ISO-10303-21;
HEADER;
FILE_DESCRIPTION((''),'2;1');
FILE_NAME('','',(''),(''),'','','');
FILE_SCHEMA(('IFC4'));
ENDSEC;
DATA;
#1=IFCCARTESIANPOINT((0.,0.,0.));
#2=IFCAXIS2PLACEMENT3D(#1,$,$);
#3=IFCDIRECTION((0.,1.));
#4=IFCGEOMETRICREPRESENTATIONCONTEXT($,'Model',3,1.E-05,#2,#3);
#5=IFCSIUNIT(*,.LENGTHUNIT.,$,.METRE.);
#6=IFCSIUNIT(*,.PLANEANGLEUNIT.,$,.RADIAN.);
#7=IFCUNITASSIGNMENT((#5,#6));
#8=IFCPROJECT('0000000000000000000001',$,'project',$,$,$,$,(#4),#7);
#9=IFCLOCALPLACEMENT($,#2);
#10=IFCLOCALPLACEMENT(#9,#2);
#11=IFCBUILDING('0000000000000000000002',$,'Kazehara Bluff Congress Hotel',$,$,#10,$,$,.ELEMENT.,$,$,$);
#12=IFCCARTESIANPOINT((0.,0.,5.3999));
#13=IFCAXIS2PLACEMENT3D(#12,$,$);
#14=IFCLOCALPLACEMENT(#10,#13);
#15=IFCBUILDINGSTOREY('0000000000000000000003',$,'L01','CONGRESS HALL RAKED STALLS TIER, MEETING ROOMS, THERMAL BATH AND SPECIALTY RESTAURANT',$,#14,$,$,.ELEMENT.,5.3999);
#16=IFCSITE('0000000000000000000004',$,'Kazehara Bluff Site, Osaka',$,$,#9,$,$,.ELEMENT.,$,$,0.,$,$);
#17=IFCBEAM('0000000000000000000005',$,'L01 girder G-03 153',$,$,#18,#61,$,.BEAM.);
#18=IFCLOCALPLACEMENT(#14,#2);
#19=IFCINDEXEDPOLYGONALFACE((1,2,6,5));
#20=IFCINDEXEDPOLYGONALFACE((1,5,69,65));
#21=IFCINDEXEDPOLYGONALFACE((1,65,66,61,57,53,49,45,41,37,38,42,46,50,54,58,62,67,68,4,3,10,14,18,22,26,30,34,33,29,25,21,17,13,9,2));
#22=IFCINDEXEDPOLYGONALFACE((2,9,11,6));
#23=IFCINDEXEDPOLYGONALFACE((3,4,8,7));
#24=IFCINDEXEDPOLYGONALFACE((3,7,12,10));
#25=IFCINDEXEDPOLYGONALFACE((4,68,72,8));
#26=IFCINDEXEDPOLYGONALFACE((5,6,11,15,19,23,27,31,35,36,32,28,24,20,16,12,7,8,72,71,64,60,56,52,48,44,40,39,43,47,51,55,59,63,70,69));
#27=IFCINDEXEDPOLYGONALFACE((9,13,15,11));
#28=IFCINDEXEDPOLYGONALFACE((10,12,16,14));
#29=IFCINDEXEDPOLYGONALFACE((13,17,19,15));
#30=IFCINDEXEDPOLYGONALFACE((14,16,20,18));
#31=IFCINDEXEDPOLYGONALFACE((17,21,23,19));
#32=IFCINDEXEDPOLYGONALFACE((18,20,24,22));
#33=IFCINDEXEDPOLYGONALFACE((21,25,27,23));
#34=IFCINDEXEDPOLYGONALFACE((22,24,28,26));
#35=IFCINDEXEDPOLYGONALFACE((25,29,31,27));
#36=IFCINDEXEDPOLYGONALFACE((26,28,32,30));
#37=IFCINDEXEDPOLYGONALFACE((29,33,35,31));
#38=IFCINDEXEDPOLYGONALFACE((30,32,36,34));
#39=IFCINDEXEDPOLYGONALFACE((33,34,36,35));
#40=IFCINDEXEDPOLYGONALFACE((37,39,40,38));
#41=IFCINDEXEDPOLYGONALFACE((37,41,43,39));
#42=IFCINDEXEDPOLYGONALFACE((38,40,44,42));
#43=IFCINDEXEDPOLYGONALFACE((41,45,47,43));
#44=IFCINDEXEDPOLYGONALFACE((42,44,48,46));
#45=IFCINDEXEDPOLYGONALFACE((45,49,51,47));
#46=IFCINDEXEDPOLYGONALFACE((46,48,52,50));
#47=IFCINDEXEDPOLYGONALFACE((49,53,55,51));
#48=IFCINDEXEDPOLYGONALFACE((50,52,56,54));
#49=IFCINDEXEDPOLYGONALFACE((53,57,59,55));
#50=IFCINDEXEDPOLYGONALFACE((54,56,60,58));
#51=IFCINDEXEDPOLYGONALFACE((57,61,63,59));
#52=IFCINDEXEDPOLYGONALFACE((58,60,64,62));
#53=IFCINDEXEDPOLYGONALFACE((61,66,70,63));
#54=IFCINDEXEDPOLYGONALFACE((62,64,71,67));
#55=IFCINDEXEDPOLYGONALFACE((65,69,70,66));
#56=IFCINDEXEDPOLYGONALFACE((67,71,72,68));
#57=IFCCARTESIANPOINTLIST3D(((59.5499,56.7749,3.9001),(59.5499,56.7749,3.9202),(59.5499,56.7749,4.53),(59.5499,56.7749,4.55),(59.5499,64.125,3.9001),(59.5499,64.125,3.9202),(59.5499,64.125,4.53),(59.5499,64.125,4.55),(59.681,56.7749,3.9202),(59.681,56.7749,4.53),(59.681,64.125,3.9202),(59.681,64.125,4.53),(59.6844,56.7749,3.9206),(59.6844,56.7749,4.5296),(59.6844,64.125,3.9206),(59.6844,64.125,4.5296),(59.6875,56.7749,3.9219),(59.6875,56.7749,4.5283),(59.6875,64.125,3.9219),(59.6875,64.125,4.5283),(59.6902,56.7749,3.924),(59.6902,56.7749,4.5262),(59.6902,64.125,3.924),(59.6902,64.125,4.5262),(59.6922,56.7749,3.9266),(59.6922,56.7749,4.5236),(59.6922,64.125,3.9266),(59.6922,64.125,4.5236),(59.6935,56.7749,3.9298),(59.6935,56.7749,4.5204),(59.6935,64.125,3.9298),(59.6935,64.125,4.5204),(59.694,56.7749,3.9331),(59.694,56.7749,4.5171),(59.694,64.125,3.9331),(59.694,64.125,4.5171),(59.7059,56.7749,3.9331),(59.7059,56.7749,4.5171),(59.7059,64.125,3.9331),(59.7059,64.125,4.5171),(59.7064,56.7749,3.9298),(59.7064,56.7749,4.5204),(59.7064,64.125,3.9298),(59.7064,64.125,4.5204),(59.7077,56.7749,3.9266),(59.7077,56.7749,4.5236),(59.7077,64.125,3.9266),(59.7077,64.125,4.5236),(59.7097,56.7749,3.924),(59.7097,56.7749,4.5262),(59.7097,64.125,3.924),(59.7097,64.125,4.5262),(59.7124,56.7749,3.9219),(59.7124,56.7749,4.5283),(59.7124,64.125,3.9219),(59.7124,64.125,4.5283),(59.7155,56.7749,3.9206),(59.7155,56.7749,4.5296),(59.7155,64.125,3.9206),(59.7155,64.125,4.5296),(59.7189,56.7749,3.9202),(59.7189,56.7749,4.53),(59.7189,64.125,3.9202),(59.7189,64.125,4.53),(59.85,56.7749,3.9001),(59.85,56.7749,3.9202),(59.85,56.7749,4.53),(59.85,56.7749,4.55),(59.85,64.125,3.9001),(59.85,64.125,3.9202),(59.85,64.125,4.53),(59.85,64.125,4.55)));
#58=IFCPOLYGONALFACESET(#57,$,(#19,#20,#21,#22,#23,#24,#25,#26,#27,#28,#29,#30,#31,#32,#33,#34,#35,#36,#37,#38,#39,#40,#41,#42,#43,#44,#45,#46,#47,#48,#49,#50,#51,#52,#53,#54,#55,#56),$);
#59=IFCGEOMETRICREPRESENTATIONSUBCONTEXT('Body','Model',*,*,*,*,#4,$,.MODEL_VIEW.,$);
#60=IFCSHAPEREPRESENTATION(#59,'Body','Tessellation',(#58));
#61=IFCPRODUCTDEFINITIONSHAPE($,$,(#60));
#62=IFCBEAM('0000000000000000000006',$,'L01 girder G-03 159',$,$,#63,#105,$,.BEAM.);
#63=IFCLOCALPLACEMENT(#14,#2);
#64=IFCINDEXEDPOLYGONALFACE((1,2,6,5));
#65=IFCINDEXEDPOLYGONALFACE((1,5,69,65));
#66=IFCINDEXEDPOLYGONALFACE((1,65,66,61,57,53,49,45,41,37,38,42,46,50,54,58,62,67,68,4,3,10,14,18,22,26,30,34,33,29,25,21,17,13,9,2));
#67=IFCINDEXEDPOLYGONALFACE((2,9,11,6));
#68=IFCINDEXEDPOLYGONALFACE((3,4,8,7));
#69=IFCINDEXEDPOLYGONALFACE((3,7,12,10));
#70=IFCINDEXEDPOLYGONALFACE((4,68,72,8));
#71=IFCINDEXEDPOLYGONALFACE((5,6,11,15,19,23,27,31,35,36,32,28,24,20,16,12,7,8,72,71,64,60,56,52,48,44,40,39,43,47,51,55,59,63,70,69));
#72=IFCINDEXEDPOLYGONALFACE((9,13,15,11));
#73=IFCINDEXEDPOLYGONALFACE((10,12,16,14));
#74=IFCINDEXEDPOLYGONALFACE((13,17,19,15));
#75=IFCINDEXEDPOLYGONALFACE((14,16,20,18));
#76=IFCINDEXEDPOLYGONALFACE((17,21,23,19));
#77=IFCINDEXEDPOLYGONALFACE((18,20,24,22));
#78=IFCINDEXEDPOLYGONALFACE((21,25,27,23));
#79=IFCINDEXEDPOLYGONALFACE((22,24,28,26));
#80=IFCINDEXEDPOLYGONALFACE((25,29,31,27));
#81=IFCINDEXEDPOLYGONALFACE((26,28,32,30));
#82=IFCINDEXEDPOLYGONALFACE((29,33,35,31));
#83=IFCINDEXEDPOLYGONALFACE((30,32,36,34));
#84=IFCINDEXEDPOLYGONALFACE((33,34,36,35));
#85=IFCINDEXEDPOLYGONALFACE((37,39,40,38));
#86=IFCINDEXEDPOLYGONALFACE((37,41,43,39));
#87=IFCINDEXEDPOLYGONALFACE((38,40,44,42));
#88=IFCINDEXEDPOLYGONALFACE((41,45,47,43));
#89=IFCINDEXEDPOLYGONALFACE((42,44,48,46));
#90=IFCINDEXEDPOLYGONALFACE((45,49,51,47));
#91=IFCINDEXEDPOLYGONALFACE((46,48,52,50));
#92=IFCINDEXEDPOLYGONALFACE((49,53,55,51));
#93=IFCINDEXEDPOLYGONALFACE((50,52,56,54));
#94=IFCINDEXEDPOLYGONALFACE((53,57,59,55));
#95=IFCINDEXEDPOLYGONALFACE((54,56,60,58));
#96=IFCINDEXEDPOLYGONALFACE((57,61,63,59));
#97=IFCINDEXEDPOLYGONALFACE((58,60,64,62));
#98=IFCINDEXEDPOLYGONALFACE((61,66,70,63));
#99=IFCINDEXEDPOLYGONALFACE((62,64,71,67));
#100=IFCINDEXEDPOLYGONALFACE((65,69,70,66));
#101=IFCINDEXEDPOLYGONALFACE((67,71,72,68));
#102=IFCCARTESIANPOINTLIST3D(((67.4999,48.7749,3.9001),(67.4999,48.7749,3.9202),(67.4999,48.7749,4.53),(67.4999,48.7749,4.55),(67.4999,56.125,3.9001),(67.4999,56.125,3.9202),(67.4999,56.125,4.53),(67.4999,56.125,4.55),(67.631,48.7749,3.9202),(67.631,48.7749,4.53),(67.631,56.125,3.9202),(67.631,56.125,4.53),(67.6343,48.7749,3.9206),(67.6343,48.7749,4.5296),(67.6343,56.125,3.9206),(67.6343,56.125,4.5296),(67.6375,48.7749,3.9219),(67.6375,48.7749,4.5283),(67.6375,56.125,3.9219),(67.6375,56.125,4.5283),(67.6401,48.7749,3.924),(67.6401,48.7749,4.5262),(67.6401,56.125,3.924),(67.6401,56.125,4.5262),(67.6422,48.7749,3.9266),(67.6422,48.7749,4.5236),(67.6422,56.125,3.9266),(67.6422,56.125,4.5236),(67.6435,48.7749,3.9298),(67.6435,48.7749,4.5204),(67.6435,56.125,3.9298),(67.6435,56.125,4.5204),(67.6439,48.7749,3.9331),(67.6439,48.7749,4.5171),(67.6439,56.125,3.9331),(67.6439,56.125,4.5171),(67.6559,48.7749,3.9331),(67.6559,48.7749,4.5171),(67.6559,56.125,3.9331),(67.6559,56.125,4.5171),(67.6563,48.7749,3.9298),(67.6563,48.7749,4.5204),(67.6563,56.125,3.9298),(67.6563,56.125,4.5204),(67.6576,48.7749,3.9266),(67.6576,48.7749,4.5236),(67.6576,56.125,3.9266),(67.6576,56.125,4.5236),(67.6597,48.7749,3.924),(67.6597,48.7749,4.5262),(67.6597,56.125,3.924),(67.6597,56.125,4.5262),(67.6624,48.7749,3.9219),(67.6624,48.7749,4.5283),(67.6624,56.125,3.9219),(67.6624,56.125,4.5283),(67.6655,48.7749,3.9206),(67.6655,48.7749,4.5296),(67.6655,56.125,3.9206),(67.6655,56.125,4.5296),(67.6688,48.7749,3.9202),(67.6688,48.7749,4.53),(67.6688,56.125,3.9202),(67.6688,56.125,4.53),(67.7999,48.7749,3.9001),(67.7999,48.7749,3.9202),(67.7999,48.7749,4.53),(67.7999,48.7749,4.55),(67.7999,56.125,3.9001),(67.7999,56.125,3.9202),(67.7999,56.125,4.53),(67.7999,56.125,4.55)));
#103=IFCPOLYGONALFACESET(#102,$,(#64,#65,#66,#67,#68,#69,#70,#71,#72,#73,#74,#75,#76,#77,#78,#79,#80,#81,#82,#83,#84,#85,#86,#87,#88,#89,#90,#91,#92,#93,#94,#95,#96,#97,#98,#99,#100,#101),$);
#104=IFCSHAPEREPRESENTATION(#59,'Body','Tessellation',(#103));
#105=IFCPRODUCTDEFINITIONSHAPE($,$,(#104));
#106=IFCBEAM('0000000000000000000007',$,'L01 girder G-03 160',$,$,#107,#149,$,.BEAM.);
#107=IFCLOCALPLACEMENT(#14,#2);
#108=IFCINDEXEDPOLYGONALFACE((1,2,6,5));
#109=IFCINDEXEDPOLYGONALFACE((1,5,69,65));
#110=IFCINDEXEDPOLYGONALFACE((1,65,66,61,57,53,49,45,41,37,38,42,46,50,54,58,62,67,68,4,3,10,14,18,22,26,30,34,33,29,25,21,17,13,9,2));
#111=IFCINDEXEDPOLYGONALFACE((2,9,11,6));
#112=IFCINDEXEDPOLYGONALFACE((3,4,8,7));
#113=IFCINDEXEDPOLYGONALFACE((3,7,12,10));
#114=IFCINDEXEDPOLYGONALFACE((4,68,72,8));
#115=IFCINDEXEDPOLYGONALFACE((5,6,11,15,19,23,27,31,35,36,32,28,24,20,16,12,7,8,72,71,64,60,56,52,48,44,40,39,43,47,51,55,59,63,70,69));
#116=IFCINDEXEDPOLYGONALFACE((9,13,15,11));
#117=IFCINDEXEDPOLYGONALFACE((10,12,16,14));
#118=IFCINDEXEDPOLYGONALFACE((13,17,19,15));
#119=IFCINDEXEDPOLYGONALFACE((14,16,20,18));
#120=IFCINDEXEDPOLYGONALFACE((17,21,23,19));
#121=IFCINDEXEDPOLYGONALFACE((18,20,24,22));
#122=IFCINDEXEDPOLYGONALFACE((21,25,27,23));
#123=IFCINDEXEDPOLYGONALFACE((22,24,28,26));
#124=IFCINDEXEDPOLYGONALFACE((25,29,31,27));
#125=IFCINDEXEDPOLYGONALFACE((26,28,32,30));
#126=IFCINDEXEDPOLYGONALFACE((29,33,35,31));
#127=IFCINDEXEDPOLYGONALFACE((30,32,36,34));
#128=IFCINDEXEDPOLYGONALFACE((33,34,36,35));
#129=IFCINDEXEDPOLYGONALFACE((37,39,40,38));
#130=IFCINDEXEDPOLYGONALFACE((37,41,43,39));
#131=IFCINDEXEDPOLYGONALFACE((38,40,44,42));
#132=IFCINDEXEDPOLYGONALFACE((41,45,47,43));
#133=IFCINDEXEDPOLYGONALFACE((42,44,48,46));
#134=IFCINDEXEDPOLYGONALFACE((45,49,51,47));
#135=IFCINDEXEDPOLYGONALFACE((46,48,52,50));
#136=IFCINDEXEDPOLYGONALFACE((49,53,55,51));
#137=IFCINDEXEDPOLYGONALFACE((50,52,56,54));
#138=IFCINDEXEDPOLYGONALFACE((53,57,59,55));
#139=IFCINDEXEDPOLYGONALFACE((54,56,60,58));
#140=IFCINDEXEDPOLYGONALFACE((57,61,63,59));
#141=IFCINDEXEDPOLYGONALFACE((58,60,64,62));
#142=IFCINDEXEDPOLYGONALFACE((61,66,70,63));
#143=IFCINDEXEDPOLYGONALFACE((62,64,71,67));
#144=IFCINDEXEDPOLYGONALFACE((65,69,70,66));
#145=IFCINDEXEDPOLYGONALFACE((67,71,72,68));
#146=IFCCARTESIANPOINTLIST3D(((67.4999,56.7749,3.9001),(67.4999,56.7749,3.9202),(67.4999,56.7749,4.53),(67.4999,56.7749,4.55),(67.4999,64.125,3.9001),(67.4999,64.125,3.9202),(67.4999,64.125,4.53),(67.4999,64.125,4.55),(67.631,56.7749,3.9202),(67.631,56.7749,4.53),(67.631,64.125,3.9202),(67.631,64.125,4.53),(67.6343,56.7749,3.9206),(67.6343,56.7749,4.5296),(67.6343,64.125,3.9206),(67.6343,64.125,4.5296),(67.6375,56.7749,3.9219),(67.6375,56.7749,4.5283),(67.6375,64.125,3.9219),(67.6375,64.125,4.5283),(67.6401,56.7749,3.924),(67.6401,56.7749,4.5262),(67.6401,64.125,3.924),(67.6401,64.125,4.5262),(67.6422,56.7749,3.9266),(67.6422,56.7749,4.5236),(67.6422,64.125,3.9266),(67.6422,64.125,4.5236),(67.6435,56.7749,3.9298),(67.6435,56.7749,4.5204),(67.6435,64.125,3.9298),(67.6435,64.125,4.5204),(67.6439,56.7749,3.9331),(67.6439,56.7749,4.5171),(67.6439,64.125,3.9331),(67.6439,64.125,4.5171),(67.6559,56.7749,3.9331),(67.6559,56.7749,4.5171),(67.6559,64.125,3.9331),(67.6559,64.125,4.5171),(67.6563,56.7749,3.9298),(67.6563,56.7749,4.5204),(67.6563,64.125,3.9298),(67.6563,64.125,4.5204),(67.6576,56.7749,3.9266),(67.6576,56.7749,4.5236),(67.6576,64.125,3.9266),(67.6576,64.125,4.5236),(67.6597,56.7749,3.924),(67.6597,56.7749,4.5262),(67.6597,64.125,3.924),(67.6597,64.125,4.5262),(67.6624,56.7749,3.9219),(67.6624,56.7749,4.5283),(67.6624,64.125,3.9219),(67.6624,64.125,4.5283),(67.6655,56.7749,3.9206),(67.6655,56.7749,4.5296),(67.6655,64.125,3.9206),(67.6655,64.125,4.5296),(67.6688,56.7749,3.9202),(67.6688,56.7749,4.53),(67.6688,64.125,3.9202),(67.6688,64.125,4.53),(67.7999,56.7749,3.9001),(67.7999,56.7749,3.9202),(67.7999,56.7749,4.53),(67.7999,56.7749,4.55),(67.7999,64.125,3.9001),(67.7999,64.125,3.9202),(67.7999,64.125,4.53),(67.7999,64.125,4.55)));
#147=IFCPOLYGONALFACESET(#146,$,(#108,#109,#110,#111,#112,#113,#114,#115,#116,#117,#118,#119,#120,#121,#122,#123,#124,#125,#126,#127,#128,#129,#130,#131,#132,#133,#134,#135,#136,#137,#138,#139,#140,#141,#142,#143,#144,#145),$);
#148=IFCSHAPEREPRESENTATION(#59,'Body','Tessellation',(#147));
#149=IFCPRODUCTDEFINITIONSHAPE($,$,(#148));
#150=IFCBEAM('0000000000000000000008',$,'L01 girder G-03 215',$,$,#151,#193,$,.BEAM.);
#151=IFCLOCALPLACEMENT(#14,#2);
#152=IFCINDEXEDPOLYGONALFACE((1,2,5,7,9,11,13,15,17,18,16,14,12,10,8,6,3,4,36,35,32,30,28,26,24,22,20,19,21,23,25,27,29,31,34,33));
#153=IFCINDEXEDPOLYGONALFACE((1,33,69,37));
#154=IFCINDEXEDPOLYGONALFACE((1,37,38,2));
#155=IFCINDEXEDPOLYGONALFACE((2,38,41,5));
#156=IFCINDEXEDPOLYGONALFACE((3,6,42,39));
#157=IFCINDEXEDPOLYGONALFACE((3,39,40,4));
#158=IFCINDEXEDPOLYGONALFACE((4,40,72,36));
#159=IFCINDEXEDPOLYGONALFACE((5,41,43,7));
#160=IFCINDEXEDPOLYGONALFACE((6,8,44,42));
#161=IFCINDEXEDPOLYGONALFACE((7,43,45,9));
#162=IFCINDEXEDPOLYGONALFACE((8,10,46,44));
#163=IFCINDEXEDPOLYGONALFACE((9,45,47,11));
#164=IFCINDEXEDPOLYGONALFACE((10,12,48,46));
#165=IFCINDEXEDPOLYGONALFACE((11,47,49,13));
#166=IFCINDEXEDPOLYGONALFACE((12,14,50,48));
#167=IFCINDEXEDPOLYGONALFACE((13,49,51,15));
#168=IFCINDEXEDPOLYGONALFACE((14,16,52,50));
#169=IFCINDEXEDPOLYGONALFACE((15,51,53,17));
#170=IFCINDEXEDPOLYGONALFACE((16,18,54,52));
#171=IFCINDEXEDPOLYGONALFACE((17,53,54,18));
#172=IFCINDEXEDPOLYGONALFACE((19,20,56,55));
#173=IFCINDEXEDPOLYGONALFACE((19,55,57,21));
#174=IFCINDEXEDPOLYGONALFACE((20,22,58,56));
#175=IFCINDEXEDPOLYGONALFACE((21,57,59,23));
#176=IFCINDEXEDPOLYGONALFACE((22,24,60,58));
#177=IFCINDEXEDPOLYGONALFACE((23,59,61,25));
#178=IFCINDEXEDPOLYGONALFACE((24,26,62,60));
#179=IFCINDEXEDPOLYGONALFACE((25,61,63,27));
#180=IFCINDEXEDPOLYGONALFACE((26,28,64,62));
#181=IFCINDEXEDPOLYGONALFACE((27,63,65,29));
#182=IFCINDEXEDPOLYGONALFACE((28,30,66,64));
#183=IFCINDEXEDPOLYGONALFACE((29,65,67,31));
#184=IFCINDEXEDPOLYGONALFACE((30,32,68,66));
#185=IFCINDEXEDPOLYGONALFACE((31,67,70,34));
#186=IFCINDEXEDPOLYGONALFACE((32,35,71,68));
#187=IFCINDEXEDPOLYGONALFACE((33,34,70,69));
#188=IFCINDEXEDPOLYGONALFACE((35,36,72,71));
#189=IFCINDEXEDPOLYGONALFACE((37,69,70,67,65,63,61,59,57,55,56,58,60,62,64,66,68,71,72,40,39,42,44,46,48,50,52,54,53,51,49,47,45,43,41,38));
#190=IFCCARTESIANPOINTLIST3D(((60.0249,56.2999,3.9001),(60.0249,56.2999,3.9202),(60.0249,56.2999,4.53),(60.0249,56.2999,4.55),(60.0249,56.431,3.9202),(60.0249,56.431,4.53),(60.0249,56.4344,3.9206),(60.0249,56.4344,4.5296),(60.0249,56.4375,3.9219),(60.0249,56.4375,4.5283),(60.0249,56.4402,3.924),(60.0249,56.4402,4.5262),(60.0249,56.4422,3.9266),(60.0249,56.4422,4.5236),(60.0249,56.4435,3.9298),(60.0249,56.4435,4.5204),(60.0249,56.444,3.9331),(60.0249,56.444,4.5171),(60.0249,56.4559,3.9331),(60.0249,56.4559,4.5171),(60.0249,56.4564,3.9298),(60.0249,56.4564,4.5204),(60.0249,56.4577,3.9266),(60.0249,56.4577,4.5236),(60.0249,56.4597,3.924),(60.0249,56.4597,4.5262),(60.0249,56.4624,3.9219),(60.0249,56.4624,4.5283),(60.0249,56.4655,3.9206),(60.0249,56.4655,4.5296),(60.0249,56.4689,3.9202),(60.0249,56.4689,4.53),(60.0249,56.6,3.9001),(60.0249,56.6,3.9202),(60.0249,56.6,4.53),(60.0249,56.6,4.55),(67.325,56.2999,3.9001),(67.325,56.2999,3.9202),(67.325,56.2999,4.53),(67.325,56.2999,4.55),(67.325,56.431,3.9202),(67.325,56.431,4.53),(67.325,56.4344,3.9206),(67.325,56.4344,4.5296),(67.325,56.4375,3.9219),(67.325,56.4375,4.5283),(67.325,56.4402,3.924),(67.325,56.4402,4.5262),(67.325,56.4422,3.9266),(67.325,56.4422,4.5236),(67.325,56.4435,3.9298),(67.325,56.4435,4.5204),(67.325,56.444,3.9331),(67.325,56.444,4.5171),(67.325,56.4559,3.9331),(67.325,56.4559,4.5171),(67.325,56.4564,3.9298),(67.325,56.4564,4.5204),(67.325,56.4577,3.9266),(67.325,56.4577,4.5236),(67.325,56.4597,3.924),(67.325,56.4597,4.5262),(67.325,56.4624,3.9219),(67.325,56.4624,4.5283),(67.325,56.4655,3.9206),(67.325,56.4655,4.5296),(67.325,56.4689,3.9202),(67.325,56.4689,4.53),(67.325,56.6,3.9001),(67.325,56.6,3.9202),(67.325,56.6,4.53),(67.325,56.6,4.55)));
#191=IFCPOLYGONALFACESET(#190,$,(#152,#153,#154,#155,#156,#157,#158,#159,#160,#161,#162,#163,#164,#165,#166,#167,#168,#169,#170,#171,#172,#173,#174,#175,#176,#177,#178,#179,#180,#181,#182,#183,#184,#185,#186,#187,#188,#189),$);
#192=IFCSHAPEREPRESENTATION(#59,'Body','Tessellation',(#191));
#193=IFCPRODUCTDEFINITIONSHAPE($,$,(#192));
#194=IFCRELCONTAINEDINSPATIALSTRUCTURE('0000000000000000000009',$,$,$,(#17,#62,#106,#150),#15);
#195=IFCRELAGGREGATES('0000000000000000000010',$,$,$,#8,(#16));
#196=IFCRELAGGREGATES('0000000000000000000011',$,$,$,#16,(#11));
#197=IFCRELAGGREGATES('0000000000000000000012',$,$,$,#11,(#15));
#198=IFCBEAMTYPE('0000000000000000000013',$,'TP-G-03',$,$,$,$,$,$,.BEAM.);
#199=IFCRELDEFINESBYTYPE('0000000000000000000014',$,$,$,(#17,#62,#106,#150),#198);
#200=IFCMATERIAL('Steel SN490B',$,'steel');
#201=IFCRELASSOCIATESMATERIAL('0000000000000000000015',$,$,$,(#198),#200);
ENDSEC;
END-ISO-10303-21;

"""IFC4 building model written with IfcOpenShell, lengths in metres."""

from ifc_helpers import new_model, si_unit, direction, frame, origin, origin_2d, place, context, subcontext, project, spatial, i_section, extrude, material, material_profile, profile_set, type_object, element, save


model = new_model("IFC4")

# Units and contexts
model_context = context("Model", 3, precision=1e-05, world=origin(), true_north=direction((0.0, 1.0)))
body_context = subcontext(model_context, "Body", "Model", "MODEL_VIEW")
ifc_project = project(units=[si_unit("LENGTHUNIT", "METRE"), si_unit("PLANEANGLEUNIT", "RADIAN")], contexts=[model_context])

# Site, building, storey
site_placement = place(None, origin())
site = spatial("IfcSite", under=ifc_project, at=site_placement, Name="Kazehara Bluff Site, Osaka", CompositionType="ELEMENT", RefElevation=0.0)
building_placement = place(site_placement, origin())
building = spatial("IfcBuilding", under=site, at=building_placement, Name="Kazehara Bluff Congress Hotel", CompositionType="ELEMENT")
storey_placement = place(building_placement, frame((0.0, 0.0, 5.3999)))
storey = spatial("IfcBuildingStorey", under=building, at=storey_placement, Name="L01", Description="CONGRESS HALL RAKED STALLS TIER, MEETING ROOMS, THERMAL BATH AND SPECIALTY RESTAURANT", CompositionType="ELEMENT", Elevation=5.3999)

# Beams
ifc_material_1 = material(Name="Steel SN490B", Category="steel")
ifc_material_profile_1 = material_profile(ifc_material_1, i_section(OverallWidth=0.3, OverallDepth=0.6499, WebThickness=0.012, FlangeThickness=0.02, FilletRadius=0.0129, at=origin_2d()))
ifc_profile_set_1 = profile_set([ifc_material_profile_1], Name="Steel SN490B")
beam_type_1 = type_object("IfcBeamType", Name="TP-G-03", PredefinedType="BEAM", material=ifc_profile_set_1)
for number, where, z_axis, x_axis, name in (
    (1, (59.7, 56.7749, 4.2251), (0.0, 1.0, 0.0), (-1.0, 0.0, 0.0), "L01 girder G-03 153"),
    (2, (67.6499, 48.7749, 4.2251), (0.0, 1.0, 0.0), (-1.0, 0.0, 0.0), "L01 girder G-03 159"),
    (3, (67.6499, 56.7749, 4.2251), (0.0, 1.0, 0.0), (-1.0, 0.0, 0.0), "L01 girder G-03 160"),
):
    element("IfcBeam", number, at=place(storey_placement, frame(where, z_axis=z_axis, x_axis=x_axis)), inside=storey, type_object=beam_type_1, Name=name, PredefinedType="BEAM", context=body_context, shape_type="SweptSolid", body=[
        extrude(i_section(OverallWidth=0.3, OverallDepth=0.6499, WebThickness=0.012, FlangeThickness=0.02, FilletRadius=0.0129, at=origin_2d()), origin(), (0.0, 0.0, 1.0), 7.3501),
    ])
beam_1_placement = place(storey_placement, frame((60.0249, 56.45, 4.2251), z_axis=(1.0, 0.0, 0.0), x_axis=(0.0, 1.0, 0.0)))
element("IfcBeam", 4, at=beam_1_placement, inside=storey, type_object=beam_type_1, Name="L01 girder G-03 215", PredefinedType="BEAM", context=body_context, shape_type="SweptSolid", body=[
    extrude(i_section(OverallWidth=0.3, OverallDepth=0.6499, WebThickness=0.012, FlangeThickness=0.02, FilletRadius=0.0129, at=origin_2d()), origin(), (0.0, 0.0, 1.0), 7.3),
])

save(model, "model.ifc")
